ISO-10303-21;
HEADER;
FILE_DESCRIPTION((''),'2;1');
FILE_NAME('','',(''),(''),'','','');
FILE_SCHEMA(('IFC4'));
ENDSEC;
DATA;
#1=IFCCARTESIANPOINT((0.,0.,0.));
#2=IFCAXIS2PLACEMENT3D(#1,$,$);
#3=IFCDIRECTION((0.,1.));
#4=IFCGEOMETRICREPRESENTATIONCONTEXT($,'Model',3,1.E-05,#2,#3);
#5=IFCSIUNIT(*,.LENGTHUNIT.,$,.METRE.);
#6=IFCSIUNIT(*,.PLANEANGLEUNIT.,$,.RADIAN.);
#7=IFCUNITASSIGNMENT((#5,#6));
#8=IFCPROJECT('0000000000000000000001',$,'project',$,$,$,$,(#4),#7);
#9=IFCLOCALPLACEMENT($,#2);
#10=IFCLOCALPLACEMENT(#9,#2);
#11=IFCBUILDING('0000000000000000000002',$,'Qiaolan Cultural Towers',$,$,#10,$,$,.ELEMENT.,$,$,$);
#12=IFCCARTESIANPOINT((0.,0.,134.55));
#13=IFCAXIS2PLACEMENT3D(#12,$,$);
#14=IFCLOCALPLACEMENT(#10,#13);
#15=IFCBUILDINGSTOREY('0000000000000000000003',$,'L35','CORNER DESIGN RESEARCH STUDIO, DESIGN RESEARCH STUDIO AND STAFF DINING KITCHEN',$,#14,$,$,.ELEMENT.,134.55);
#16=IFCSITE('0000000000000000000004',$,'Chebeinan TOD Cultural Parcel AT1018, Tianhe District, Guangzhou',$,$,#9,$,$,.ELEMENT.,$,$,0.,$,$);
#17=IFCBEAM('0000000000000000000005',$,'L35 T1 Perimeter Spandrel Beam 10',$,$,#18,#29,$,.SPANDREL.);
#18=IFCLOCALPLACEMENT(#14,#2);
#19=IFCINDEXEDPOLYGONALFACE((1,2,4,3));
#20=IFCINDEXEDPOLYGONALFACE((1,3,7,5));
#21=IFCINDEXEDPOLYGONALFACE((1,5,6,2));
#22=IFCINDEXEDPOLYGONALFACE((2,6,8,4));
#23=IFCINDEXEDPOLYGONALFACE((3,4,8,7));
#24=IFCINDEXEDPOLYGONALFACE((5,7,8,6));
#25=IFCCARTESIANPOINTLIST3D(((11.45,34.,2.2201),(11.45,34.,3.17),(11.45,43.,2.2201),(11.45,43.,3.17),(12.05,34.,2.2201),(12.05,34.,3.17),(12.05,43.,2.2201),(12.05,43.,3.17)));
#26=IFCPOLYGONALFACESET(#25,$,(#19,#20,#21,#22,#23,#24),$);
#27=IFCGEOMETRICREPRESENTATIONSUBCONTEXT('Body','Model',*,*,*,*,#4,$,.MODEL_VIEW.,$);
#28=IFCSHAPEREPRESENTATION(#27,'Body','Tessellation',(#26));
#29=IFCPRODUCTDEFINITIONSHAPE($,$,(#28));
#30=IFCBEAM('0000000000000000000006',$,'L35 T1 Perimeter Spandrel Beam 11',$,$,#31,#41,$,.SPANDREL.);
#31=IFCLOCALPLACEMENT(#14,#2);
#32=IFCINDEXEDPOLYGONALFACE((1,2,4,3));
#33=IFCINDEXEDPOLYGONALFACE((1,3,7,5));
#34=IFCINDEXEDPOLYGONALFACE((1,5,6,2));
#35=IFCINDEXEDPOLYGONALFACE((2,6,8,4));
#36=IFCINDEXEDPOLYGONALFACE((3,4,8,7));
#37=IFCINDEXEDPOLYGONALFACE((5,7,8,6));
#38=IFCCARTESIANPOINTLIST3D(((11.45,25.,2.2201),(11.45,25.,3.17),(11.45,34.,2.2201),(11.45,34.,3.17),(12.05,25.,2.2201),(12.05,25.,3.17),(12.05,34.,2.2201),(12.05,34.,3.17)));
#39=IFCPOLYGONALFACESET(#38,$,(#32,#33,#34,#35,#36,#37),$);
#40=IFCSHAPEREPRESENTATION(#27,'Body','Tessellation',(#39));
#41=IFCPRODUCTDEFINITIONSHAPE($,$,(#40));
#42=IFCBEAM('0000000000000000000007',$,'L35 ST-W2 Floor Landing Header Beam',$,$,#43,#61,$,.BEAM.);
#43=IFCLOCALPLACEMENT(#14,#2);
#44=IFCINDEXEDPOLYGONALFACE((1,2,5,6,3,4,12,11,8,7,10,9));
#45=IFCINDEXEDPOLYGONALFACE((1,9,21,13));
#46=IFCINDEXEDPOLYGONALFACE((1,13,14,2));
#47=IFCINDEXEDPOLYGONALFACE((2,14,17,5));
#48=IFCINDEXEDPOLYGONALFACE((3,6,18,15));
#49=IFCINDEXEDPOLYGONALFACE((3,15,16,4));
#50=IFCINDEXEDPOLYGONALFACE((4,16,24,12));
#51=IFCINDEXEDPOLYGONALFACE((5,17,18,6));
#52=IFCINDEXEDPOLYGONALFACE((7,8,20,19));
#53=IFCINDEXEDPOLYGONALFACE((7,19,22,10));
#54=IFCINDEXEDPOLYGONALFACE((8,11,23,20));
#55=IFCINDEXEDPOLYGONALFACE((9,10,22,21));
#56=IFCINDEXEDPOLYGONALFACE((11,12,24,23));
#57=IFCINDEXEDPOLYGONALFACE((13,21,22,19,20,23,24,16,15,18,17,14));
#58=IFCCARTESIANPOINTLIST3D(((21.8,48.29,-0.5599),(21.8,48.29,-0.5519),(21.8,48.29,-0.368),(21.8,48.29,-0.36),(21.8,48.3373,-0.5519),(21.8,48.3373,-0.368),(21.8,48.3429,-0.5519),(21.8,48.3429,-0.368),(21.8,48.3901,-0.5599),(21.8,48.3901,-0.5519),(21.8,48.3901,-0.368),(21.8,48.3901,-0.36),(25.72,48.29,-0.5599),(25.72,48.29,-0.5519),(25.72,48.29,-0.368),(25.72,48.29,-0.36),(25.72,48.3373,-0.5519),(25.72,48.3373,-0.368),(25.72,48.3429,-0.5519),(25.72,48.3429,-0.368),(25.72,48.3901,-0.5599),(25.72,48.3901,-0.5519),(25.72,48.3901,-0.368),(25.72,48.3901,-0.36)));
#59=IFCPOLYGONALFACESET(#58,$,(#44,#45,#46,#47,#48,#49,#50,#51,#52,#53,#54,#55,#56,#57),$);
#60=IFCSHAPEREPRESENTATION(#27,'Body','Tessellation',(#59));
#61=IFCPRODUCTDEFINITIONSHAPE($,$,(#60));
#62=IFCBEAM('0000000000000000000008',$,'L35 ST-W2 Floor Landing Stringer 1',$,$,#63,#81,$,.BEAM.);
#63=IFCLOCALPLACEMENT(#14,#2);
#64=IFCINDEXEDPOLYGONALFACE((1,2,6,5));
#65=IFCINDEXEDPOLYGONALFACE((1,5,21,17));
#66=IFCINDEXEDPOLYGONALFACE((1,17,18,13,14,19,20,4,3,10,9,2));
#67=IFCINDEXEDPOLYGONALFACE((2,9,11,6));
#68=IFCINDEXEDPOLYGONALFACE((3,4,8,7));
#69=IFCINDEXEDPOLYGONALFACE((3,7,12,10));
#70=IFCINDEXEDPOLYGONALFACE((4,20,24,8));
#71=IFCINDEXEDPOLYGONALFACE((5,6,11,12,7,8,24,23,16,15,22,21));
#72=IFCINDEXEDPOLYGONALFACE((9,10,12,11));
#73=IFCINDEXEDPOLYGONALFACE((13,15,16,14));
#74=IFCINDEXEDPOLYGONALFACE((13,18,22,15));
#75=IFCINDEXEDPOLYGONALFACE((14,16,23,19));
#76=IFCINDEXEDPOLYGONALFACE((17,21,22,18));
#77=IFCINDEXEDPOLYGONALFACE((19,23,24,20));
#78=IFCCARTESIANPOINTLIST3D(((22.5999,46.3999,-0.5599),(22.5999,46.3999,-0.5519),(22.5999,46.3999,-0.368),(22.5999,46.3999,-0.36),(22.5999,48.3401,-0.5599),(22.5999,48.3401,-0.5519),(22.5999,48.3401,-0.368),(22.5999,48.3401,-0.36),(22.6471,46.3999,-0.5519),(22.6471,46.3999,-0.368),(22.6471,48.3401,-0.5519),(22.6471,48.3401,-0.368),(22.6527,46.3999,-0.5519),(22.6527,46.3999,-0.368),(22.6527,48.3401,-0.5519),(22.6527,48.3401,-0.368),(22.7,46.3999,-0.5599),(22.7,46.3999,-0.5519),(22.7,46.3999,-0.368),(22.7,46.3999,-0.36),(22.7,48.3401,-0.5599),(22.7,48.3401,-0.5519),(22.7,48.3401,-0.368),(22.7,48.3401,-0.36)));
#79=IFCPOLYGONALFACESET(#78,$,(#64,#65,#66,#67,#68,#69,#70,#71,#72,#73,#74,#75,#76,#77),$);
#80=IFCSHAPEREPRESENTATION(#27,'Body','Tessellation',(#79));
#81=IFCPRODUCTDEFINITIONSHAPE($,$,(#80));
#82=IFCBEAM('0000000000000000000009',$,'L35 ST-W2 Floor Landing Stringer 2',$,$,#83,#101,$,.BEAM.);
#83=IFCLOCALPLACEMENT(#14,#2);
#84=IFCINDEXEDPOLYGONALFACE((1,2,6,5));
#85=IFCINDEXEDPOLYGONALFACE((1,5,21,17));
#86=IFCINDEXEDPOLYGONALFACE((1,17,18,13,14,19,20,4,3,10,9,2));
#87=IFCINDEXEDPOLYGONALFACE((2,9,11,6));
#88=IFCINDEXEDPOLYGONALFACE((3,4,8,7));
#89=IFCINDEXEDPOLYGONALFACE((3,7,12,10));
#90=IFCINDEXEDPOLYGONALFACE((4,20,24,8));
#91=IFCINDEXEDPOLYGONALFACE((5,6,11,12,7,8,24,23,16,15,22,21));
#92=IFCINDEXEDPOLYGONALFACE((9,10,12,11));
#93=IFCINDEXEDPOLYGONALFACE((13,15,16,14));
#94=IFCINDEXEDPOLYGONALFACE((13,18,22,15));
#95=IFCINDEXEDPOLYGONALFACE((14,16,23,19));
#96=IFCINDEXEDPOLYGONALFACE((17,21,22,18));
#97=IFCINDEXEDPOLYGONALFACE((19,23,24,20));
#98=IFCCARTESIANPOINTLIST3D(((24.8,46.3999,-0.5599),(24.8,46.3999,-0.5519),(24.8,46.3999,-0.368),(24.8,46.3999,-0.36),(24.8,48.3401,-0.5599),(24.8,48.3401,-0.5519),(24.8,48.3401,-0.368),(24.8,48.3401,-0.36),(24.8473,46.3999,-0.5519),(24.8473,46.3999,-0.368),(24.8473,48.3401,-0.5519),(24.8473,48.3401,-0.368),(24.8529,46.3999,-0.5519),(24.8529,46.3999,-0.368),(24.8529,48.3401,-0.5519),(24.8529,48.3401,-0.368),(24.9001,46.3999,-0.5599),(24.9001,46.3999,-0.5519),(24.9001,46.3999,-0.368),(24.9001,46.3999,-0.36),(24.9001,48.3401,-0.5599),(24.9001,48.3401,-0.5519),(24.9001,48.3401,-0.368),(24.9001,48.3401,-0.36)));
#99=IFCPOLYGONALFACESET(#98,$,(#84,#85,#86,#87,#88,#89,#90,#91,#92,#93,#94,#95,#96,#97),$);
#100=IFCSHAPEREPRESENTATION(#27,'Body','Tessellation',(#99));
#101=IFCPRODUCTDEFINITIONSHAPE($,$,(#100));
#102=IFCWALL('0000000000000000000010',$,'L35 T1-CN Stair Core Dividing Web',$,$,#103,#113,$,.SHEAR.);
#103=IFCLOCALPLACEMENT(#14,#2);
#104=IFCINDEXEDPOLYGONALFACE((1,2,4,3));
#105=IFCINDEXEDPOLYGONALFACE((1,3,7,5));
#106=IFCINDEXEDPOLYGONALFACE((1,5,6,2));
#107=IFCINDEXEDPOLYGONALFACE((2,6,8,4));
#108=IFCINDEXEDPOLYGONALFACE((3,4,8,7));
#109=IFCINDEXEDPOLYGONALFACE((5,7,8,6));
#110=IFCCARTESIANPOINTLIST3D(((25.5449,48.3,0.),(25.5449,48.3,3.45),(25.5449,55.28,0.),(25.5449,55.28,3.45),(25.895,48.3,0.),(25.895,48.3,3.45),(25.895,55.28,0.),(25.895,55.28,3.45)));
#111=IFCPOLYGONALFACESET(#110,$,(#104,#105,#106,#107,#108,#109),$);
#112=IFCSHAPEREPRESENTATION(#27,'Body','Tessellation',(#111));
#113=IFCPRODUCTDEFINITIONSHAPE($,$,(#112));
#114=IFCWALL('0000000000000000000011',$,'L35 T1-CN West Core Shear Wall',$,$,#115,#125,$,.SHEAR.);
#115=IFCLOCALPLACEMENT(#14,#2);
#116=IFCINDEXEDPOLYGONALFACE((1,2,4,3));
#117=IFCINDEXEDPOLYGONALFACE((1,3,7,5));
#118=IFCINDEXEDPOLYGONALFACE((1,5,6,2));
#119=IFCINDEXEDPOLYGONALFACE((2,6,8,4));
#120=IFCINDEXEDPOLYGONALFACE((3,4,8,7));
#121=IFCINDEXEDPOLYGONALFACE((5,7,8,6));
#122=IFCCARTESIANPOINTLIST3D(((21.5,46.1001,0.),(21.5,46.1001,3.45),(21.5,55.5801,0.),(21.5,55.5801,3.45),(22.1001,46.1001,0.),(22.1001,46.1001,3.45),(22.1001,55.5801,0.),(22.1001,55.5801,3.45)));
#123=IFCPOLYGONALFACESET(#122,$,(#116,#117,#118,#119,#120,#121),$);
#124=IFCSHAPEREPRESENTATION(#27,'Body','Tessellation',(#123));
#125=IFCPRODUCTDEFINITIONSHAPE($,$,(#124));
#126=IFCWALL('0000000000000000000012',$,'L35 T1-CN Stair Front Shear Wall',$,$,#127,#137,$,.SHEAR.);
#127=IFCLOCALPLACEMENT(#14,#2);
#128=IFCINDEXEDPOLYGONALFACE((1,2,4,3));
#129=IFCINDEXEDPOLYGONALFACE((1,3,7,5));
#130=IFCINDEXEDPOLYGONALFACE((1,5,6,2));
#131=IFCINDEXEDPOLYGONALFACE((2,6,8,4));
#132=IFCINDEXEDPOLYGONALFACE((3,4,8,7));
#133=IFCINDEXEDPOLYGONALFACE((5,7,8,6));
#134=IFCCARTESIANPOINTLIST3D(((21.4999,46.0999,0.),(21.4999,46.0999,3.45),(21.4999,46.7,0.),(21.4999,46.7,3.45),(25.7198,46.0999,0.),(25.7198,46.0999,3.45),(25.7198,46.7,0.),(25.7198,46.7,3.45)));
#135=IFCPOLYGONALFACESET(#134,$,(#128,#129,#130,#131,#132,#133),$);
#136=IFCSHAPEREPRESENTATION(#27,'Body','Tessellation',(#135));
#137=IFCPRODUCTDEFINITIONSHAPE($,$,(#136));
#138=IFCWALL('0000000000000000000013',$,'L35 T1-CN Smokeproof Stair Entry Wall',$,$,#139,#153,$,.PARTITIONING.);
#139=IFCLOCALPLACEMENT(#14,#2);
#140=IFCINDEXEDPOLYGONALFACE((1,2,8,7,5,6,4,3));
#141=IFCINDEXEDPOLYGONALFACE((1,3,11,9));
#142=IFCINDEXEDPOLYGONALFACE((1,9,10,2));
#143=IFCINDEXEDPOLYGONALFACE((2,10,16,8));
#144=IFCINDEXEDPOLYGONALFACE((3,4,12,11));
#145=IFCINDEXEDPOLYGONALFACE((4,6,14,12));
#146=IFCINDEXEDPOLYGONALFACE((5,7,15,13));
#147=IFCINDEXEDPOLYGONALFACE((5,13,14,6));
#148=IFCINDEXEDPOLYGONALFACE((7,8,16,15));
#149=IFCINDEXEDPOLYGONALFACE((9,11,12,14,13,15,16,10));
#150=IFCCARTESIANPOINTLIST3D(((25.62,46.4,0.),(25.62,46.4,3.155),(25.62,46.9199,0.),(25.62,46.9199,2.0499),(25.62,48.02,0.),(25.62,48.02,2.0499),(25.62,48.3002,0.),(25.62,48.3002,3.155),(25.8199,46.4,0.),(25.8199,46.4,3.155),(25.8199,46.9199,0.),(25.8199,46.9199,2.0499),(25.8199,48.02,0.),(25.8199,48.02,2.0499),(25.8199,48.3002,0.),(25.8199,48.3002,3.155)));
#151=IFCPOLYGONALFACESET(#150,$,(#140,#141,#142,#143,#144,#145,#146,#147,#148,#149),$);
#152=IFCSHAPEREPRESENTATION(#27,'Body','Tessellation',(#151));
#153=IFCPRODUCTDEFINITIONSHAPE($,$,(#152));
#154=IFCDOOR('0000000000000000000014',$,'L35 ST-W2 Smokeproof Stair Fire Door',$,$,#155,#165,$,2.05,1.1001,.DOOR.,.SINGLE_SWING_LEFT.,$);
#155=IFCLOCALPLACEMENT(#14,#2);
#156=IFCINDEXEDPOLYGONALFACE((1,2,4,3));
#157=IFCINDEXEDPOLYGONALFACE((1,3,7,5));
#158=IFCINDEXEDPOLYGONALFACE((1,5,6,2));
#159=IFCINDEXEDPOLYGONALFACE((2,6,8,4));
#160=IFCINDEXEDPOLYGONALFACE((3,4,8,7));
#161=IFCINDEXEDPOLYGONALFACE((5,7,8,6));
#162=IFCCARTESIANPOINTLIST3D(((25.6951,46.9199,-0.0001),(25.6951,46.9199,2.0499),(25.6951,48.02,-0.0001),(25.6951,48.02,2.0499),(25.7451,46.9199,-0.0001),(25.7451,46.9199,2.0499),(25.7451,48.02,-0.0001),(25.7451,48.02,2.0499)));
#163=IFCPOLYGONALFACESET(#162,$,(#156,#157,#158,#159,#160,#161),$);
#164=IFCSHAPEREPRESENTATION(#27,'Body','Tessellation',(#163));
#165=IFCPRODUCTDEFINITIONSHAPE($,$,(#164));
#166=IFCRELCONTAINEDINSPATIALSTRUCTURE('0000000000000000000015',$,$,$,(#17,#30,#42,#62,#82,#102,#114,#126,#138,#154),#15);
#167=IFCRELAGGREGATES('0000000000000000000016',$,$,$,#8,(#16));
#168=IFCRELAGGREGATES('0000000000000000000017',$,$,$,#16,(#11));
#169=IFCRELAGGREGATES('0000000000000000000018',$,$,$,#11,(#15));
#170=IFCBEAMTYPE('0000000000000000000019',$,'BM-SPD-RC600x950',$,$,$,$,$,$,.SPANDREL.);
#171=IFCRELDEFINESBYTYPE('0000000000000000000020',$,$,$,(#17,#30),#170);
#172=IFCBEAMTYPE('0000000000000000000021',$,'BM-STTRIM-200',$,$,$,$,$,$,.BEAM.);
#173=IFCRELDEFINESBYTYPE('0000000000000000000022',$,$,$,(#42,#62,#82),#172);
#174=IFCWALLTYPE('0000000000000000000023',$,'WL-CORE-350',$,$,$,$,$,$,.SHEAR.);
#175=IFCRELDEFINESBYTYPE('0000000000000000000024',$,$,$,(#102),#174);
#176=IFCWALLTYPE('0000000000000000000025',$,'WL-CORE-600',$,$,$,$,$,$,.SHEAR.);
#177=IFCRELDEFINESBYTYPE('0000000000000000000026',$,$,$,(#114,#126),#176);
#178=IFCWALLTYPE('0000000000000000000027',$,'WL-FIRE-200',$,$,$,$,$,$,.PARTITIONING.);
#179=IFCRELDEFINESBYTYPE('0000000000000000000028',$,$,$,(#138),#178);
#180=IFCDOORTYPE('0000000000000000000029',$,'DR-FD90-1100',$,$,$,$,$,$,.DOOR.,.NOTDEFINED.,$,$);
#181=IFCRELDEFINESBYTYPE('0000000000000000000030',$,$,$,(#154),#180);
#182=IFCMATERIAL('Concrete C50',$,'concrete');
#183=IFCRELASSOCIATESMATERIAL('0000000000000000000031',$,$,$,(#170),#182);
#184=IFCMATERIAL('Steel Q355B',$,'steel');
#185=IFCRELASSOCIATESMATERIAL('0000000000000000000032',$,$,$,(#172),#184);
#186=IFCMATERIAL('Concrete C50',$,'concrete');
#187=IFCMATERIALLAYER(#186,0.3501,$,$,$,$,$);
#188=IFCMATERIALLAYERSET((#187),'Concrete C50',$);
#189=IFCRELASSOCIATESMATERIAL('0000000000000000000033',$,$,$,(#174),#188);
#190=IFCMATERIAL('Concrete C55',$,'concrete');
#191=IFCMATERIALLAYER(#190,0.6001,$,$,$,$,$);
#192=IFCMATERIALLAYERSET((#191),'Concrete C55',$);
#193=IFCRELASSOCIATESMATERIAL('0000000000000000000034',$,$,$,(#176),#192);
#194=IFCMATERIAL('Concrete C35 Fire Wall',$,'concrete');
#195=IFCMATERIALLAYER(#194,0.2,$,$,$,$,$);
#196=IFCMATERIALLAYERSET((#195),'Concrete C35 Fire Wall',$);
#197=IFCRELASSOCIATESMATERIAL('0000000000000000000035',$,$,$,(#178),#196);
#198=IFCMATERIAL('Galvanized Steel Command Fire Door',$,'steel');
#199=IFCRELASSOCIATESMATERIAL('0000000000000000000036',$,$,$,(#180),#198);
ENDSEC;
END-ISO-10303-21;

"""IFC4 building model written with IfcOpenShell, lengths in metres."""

from ifc_helpers import new_model, si_unit, direction, frame, frame_2d, origin, origin_2d, place, context, subcontext, project, spatial, rectangle, i_section, extrude, material, layer, layer_set, material_profile, profile_set, type_object, element, fill, save


model = new_model("IFC4")

# Units and contexts
model_context = context("Model", 3, precision=1e-05, world=origin(), true_north=direction((0.0, 1.0)))
body_context = subcontext(model_context, "Body", "Model", "MODEL_VIEW")
ifc_project = project(units=[si_unit("LENGTHUNIT", "METRE"), si_unit("PLANEANGLEUNIT", "RADIAN")], contexts=[model_context])

# Site, building, storey
site_placement = place(None, origin())
site = spatial("IfcSite", under=ifc_project, at=site_placement, Name="Chebeinan TOD Cultural Parcel AT1018, Tianhe District, Guangzhou", CompositionType="ELEMENT", RefElevation=0.0)
building_placement = place(site_placement, origin())
building = spatial("IfcBuilding", under=site, at=building_placement, Name="Qiaolan Cultural Towers", CompositionType="ELEMENT")
storey_placement = place(building_placement, frame((0.0, 0.0, 134.55)))
storey = spatial("IfcBuildingStorey", under=building, at=storey_placement, Name="L35", Description="CORNER DESIGN RESEARCH STUDIO, DESIGN RESEARCH STUDIO AND STAFF DINING KITCHEN", CompositionType="ELEMENT", Elevation=134.55)

# Beams
ifc_material_1 = material(Name="Concrete C50", Category="concrete")
ifc_material_profile_1 = material_profile(ifc_material_1, rectangle(XDim=0.6001, YDim=0.95, at=origin_2d()), Name="RC600x950")
ifc_profile_set_1 = profile_set([ifc_material_profile_1], Name="Concrete C50")
beam_type_1 = type_object("IfcBeamType", Name="BM-SPD-RC600x950", PredefinedType="SPANDREL", material=ifc_profile_set_1)
for number, where, z_axis, x_axis, name in (
    (1, (11.75, 43.0, 2.6951), (0.0, -1.0, 0.0), (1.0, 0.0, 0.0), "L35 T1 Perimeter Spandrel Beam 10"),
    (2, (11.75, 34.0, 2.6951), (0.0, -1.0, 0.0), (1.0, 0.0, 0.0), "L35 T1 Perimeter Spandrel Beam 11"),
):
    element("IfcBeam", number, at=place(storey_placement, frame(where, z_axis=z_axis, x_axis=x_axis)), inside=storey, type_object=beam_type_1, Name=name, PredefinedType="SPANDREL", context=body_context, shape_type="SweptSolid", body=[
        extrude(rectangle(XDim=0.6001, YDim=0.95, at=origin_2d()), origin(), (0.0, 0.0, 1.0), 9.0),
    ])
ifc_material_2 = material(Name="Steel Q355B", Category="steel")
ifc_material_profile_2 = material_profile(ifc_material_2, i_section(OverallWidth=0.1001, OverallDepth=0.2, WebThickness=0.0056, FlangeThickness=0.0081, at=origin_2d()), Name="HN200x100x5.5x8")
ifc_profile_set_2 = profile_set([ifc_material_profile_2], Name="Steel Q355B")
beam_type_2 = type_object("IfcBeamType", Name="BM-STTRIM-200", PredefinedType="BEAM", material=ifc_profile_set_2)
beam_1_placement = place(storey_placement, frame((21.8, 48.3401, -0.46), z_axis=(1.0, 0.0, 0.0), x_axis=(0.0, 1.0, 0.0)))
element("IfcBeam", 3, at=beam_1_placement, inside=storey, type_object=beam_type_2, Name="L35 ST-W2 Floor Landing Header Beam", PredefinedType="BEAM", context=body_context, shape_type="SweptSolid", body=[
    extrude(i_section(OverallWidth=0.1001, OverallDepth=0.2, WebThickness=0.0056, FlangeThickness=0.0081, at=origin_2d()), origin(), (0.0, 0.0, 1.0), 3.9199),
])
for number, where, z_axis, x_axis, name in (
    (4, (22.6499, 46.3999, -0.46), (0.0, 1.0, 0.0), (-1.0, 0.0, 0.0), "L35 ST-W2 Floor Landing Stringer 1"),
    (5, (24.8501, 46.3999, -0.46), (0.0, 1.0, 0.0), (-1.0, 0.0, 0.0), "L35 ST-W2 Floor Landing Stringer 2"),
):
    element("IfcBeam", number, at=place(storey_placement, frame(where, z_axis=z_axis, x_axis=x_axis)), inside=storey, type_object=beam_type_2, Name=name, PredefinedType="BEAM", context=body_context, shape_type="SweptSolid", body=[
        extrude(i_section(OverallWidth=0.1001, OverallDepth=0.2, WebThickness=0.0056, FlangeThickness=0.0081, at=origin_2d()), origin(), (0.0, 0.0, 1.0), 1.9402),
    ])

# Walls
ifc_material_3 = material(Name="Concrete C50", Category="concrete")
ifc_layer_1 = layer(ifc_material_3, 0.3501)
ifc_layer_set_1 = layer_set([ifc_layer_1], Name="Concrete C50")
wall_type_1 = type_object("IfcWallType", Name="WL-CORE-350", PredefinedType="SHEAR", material=ifc_layer_set_1)
wall_1_placement = place(storey_placement, frame((25.72, 48.3, 0.0), z_axis=(0.0, 0.0, 1.0), x_axis=(0.0, 1.0, 0.0)))
element("IfcWall", 6, at=wall_1_placement, inside=storey, type_object=wall_type_1, Name="L35 T1-CN Stair Core Dividing Web", PredefinedType="SHEAR", context=body_context, shape_type="SweptSolid", body=[
    extrude(rectangle(XDim=6.98, YDim=0.3501, at=frame_2d((3.49, 0.0))), origin(), (0.0, 0.0, 1.0), 3.45),
])
ifc_material_4 = material(Name="Concrete C55", Category="concrete")
ifc_layer_2 = layer(ifc_material_4, 0.6001)
ifc_layer_set_2 = layer_set([ifc_layer_2], Name="Concrete C55")
wall_type_2 = type_object("IfcWallType", Name="WL-CORE-600", PredefinedType="SHEAR", material=ifc_layer_set_2)
wall_2_placement = place(storey_placement, frame((21.8, 46.1001, 0.0), z_axis=(0.0, 0.0, 1.0), x_axis=(0.0, 1.0, 0.0)))
element("IfcWall", 7, at=wall_2_placement, inside=storey, type_object=wall_type_2, Name="L35 T1-CN West Core Shear Wall", PredefinedType="SHEAR", context=body_context, shape_type="SweptSolid", body=[
    extrude(rectangle(XDim=9.48, YDim=0.6001, at=frame_2d((4.74, 0.0))), origin(), (0.0, 0.0, 1.0), 3.45),
])
wall_3_placement = place(storey_placement, frame((21.5, 46.3999, 0.0), z_axis=(0.0, 0.0, 1.0), x_axis=(1.0, 0.0, 0.0)))
element("IfcWall", 8, at=wall_3_placement, inside=storey, type_object=wall_type_2, Name="L35 T1-CN Stair Front Shear Wall", PredefinedType="SHEAR", context=body_context, shape_type="SweptSolid", body=[
    extrude(rectangle(XDim=4.22, YDim=0.6001, at=frame_2d((2.1099, 0.0))), origin(), (0.0, 0.0, 1.0), 3.45),
])

# Wall, opening, door
ifc_material_5 = material(Name="Concrete C35 Fire Wall", Category="concrete")
ifc_layer_3 = layer(ifc_material_5, 0.2)
ifc_layer_set_3 = layer_set([ifc_layer_3], Name="Concrete C35 Fire Wall")
wall_type_3 = type_object("IfcWallType", Name="WL-FIRE-200", PredefinedType="PARTITIONING", material=ifc_layer_set_3)
wall_4_placement = place(storey_placement, frame((25.72, 46.3999, 0.0), z_axis=(0.0, 0.0, 1.0), x_axis=(0.0, 1.0, 0.0)))
wall_4 = element("IfcWall", 9, at=wall_4_placement, inside=storey, type_object=wall_type_3, Name="L35 T1-CN Smokeproof Stair Entry Wall", PredefinedType="PARTITIONING", context=body_context, shape_type="SweptSolid", body=[
    extrude(rectangle(XDim=1.9001, YDim=0.2, at=frame_2d((0.9502, 0.0))), origin(), (0.0, 0.0, 1.0), 3.155),
])
opening_1_placement = place(wall_4_placement, frame((0.52, 0.0, 0.0)))
opening_1 = element("IfcOpeningElement", 10, at=opening_1_placement, cuts=wall_4, PredefinedType="OPENING", context=body_context, shape_type="SweptSolid", body=[
    extrude(rectangle(XDim=1.1001, YDim=2.05, at=frame_2d((0.55, 1.0249))), frame((0.0, 0.1099, 0.0), z_axis=(0.0, -1.0, 0.0), x_axis=(1.0, 0.0, 0.0)), (0.0, 0.0, 1.0), 0.22),
])
ifc_material_6 = material(Name="Galvanized Steel Command Fire Door", Category="steel")
door_type_1 = type_object("IfcDoorType", Name="DR-FD90-1100", OperationType="NOTDEFINED", PredefinedType="DOOR", material=ifc_material_6)
door_1_placement = place(opening_1_placement, origin())
door_1 = element("IfcDoor", 11, at=door_1_placement, inside=storey, type_object=door_type_1, Name="L35 ST-W2 Smokeproof Stair Fire Door", OperationType="SINGLE_SWING_LEFT", OverallHeight=2.05, OverallWidth=1.1001, PredefinedType="DOOR", context=body_context, shape_type="SweptSolid", body=[
    extrude(rectangle(XDim=1.1001, YDim=2.05, at=frame_2d((0.55, 1.0249))), frame((0.0, 0.0249, 0.0), z_axis=(0.0, -1.0, 0.0), x_axis=(1.0, 0.0, 0.0)), (0.0, 0.0, 1.0), 0.05),
])
fill(opening_1, door_1)

save(model, "model.ifc")
